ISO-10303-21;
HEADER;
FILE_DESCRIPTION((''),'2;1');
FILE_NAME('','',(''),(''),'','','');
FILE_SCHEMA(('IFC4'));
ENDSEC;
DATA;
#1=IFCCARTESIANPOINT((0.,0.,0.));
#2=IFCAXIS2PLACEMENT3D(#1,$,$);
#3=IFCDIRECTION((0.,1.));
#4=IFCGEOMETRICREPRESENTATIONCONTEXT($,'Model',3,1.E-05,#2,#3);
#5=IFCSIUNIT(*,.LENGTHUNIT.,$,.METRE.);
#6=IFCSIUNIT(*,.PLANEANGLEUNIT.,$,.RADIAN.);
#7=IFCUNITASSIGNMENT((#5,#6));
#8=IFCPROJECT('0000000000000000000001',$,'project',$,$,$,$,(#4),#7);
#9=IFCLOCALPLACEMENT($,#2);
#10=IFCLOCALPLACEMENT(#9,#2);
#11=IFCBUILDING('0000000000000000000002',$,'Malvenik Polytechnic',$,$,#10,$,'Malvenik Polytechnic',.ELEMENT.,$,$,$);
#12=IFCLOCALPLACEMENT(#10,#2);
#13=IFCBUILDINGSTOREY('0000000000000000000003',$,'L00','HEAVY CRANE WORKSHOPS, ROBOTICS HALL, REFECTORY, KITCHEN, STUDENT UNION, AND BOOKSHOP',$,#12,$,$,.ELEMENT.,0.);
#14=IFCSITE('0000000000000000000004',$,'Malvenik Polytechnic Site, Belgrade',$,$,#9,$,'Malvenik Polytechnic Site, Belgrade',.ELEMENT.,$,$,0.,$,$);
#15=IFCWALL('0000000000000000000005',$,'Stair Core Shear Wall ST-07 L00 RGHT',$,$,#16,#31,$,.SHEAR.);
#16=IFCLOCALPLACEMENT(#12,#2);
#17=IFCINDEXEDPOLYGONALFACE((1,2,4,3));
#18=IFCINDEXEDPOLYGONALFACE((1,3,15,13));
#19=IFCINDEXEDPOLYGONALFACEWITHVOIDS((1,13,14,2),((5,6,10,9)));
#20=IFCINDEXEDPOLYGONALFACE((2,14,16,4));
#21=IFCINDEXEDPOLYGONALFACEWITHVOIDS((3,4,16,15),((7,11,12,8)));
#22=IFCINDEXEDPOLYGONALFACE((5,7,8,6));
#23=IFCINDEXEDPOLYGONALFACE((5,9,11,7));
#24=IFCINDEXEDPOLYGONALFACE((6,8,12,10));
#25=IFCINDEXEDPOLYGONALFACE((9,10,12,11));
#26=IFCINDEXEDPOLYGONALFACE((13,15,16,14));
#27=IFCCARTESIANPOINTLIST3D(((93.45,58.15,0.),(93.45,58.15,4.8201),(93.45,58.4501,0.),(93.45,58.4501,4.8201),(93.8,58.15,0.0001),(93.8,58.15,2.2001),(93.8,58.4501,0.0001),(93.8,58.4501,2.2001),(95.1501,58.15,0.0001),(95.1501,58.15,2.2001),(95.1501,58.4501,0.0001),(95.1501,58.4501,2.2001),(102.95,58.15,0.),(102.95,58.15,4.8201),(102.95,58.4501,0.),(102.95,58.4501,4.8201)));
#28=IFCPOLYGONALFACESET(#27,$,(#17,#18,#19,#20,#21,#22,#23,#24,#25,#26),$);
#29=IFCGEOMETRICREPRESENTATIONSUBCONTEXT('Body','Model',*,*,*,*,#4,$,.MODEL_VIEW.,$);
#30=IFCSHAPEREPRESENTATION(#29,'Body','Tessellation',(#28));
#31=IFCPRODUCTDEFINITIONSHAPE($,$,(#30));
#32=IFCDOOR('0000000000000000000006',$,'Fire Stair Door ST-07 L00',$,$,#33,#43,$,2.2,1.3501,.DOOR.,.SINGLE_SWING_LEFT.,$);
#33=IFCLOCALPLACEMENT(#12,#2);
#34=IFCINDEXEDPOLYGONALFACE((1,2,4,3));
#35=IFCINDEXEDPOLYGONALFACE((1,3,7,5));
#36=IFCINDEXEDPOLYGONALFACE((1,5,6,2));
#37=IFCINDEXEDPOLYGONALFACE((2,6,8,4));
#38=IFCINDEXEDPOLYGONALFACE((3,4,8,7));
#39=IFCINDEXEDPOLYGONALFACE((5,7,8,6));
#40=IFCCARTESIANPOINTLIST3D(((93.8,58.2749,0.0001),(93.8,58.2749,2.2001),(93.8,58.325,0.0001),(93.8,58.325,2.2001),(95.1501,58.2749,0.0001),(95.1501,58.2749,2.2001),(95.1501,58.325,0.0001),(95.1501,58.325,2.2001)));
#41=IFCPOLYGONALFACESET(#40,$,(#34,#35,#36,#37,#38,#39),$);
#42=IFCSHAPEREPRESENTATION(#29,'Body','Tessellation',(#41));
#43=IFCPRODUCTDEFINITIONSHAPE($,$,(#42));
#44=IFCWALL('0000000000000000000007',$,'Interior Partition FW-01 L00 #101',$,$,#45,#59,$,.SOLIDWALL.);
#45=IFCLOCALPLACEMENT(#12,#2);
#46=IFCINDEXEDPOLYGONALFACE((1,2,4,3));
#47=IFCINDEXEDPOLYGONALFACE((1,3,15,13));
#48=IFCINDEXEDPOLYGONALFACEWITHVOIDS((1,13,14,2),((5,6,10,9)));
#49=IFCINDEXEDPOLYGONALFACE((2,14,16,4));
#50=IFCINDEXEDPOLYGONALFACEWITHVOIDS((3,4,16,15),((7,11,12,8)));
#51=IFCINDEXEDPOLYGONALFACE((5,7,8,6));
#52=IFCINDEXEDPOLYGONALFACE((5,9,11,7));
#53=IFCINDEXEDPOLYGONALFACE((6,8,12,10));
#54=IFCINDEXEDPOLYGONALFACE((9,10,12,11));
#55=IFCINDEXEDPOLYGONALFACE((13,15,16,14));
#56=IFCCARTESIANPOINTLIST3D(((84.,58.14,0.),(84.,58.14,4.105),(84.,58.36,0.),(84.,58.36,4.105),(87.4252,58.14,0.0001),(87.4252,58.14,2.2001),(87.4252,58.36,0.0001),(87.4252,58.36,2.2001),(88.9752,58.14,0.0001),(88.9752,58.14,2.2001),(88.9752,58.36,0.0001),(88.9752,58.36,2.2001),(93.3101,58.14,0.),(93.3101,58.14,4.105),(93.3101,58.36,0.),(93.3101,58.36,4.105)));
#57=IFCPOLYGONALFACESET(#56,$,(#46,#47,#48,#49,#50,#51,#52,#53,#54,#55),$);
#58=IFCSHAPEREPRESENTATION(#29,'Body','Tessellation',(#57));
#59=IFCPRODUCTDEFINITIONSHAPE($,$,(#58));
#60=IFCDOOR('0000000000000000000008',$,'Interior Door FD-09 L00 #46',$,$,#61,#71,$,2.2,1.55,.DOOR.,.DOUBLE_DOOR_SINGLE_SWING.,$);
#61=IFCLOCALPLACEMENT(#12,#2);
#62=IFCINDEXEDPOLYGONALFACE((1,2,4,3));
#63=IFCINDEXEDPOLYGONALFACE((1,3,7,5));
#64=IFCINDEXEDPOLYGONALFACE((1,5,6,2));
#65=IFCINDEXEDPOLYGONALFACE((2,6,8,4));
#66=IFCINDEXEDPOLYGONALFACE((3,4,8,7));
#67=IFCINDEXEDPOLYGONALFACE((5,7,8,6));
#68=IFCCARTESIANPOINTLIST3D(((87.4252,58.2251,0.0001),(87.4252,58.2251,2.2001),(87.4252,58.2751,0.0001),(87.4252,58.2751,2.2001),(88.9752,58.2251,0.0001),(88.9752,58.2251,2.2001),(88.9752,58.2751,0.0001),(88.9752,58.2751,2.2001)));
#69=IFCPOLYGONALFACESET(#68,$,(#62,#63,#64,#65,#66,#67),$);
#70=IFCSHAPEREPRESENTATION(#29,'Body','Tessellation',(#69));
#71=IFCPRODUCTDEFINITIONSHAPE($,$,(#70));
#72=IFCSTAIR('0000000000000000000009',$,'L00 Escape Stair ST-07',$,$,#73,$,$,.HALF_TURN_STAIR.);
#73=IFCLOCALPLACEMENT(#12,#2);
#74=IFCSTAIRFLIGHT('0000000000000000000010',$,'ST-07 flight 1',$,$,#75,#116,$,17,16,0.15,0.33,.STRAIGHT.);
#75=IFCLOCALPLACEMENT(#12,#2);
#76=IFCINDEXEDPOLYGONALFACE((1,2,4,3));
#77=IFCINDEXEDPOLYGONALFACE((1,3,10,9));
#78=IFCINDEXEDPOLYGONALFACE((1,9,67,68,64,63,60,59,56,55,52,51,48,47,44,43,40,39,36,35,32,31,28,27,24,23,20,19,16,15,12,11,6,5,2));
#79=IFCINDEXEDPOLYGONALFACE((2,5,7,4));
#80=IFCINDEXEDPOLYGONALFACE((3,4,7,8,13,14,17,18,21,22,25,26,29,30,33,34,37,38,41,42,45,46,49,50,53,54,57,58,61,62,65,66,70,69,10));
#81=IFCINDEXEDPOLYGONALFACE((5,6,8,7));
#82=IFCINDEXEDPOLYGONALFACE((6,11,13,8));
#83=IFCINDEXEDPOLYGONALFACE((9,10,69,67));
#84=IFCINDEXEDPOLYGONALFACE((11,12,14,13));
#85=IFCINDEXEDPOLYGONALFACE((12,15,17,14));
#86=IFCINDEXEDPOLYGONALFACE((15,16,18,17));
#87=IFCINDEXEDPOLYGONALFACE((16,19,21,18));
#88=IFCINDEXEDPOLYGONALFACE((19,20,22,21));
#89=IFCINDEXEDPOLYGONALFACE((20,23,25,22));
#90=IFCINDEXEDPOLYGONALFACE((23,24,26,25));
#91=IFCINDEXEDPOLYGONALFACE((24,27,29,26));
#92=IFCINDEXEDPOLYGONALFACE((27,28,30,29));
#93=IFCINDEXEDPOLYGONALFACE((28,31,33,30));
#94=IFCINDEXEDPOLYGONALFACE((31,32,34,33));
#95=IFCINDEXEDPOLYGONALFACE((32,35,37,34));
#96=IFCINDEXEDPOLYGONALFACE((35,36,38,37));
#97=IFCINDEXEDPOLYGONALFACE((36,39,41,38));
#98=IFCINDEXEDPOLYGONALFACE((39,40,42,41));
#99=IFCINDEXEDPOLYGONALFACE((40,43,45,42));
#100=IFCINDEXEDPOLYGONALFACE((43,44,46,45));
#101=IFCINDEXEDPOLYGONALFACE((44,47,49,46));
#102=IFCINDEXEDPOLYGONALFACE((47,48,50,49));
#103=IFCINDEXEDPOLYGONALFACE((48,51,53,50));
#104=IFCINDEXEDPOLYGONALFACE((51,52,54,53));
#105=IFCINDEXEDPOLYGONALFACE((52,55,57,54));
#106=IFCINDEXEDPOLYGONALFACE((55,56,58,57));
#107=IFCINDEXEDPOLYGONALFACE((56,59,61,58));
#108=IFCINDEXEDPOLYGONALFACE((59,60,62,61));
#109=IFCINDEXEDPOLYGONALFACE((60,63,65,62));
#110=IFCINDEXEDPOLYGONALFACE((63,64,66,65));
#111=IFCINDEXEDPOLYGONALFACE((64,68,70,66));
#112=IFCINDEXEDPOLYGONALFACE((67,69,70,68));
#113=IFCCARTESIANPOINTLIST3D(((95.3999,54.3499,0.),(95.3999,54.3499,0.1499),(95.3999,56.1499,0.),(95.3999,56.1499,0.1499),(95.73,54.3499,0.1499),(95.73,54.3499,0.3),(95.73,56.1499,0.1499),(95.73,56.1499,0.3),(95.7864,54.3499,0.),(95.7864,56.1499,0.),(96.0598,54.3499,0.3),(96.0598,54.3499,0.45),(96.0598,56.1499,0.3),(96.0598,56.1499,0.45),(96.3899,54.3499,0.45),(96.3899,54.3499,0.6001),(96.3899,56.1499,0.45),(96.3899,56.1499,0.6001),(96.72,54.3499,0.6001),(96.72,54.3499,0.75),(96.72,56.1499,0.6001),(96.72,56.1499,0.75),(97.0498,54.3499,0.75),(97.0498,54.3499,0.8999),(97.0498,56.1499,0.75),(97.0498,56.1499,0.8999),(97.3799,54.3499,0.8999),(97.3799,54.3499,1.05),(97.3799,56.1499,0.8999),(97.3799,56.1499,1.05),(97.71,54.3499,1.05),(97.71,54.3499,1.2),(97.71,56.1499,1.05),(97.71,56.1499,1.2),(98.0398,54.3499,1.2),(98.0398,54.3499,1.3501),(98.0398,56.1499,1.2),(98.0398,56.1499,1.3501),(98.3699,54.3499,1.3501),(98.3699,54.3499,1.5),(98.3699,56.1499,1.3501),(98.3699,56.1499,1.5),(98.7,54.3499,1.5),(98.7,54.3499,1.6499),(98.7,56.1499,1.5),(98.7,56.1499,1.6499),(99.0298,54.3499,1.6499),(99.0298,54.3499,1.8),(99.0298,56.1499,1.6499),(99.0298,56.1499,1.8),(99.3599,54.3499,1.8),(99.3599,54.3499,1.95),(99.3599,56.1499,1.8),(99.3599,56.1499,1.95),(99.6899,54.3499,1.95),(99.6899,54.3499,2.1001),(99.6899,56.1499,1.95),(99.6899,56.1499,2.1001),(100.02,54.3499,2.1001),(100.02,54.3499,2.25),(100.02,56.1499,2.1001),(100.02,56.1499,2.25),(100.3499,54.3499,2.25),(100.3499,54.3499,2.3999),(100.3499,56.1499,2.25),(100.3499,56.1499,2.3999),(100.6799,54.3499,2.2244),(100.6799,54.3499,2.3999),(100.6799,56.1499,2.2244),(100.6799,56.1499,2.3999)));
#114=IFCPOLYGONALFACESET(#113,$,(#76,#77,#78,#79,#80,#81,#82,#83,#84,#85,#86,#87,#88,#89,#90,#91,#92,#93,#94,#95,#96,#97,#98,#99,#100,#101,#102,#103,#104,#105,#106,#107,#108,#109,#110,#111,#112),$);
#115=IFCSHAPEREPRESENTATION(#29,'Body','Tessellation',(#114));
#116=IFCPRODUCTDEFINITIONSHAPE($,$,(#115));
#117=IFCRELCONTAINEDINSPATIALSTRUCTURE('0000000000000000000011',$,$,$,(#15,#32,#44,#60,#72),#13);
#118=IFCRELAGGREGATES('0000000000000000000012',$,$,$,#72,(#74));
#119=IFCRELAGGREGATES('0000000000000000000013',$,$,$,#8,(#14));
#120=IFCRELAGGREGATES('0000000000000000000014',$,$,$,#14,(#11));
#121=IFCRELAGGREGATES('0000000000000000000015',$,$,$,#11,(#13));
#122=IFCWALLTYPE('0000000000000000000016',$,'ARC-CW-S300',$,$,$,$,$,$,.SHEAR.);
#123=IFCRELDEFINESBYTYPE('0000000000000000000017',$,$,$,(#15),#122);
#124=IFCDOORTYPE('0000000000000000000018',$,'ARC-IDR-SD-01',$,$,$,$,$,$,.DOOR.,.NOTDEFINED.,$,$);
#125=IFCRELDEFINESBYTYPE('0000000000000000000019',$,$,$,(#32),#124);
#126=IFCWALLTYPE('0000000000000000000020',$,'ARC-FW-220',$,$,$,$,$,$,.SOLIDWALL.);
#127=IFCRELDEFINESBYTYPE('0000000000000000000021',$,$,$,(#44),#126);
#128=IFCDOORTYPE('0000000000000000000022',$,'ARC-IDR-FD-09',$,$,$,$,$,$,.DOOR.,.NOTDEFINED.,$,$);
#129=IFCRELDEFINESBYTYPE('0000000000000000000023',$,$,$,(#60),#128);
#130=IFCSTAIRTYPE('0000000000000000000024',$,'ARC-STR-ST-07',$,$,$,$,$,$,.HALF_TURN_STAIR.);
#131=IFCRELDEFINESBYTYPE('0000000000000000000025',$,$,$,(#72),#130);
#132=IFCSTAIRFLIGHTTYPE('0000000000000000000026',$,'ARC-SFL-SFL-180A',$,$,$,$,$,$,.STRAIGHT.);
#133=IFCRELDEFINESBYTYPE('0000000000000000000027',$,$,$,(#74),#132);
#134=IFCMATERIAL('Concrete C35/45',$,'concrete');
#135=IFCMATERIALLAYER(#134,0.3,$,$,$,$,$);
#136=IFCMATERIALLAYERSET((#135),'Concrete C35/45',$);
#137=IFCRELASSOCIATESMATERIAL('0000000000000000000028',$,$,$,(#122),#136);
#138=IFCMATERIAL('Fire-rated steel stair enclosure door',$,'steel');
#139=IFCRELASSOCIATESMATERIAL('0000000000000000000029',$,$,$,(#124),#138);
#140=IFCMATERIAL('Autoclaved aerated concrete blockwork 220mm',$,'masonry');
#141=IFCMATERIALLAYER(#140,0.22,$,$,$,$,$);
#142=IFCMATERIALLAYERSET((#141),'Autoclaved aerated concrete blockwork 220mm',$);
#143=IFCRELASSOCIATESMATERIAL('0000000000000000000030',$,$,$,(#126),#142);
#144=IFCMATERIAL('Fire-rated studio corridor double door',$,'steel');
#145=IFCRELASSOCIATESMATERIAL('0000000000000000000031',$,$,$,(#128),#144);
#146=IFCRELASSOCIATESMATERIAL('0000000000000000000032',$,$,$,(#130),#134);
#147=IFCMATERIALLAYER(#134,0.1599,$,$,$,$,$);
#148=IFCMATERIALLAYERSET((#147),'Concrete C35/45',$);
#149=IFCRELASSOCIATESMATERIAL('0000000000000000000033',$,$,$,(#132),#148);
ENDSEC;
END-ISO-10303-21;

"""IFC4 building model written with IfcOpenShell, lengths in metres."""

from ifc_helpers import new_model, si_unit, direction, frame, frame_2d, origin, place, context, subcontext, project, spatial, polyline, rectangle, outline, extrude, material, layer, layer_set, type_object, element, fill, aggregate, save


model = new_model("IFC4")

# Units and contexts
model_context = context("Model", 3, precision=1e-05, world=origin(), true_north=direction((0.0, 1.0)))
body_context = subcontext(model_context, "Body", "Model", "MODEL_VIEW")
ifc_project = project(units=[si_unit("LENGTHUNIT", "METRE"), si_unit("PLANEANGLEUNIT", "RADIAN")], contexts=[model_context])

# Site, building, storey
site_placement = place(None, origin())
site = spatial("IfcSite", under=ifc_project, at=site_placement, Name="Malvenik Polytechnic Site, Belgrade", LongName="Malvenik Polytechnic Site, Belgrade", CompositionType="ELEMENT", RefElevation=0.0)
building_placement = place(site_placement, origin())
building = spatial("IfcBuilding", under=site, at=building_placement, Name="Malvenik Polytechnic", LongName="Malvenik Polytechnic", CompositionType="ELEMENT")
storey_placement = place(building_placement, origin())
storey = spatial("IfcBuildingStorey", under=building, at=storey_placement, Name="L00", Description="HEAVY CRANE WORKSHOPS, ROBOTICS HALL, REFECTORY, KITCHEN, STUDENT UNION, AND BOOKSHOP", CompositionType="ELEMENT", Elevation=0.0)

# Walls, openings, doors
ifc_material_1 = material(Name="Concrete C35/45", Category="concrete")
ifc_layer_1 = layer(ifc_material_1, 0.3)
ifc_layer_set_1 = layer_set([ifc_layer_1], Name="Concrete C35/45")
wall_type_1 = type_object("IfcWallType", Name="ARC-CW-S300", PredefinedType="SHEAR", material=ifc_layer_set_1)
wall_1_placement = place(storey_placement, frame((93.45, 58.3, 0.0), z_axis=(0.0, 0.0, 1.0), x_axis=(1.0, 0.0, 0.0)))
wall_1 = element("IfcWall", 1, at=wall_1_placement, inside=storey, type_object=wall_type_1, Name="Stair Core Shear Wall ST-07 L00 RGHT", PredefinedType="SHEAR", context=body_context, shape_type="SweptSolid", body=[
    extrude(rectangle(XDim=9.5, YDim=0.3, at=frame_2d((4.75, 0.0))), origin(), (0.0, 0.0, 1.0), 4.8201),
])
opening_1_placement = place(wall_1_placement, frame((0.3501, 0.0, 0.0)))
opening_1 = element("IfcOpeningElement", 2, at=opening_1_placement, cuts=wall_1, PredefinedType="OPENING", context=body_context, shape_type="SweptSolid", body=[
    extrude(rectangle(XDim=1.3501, YDim=2.2, at=frame_2d((0.675, 1.1001))), frame((0.0, 0.1602, 0.0), z_axis=(0.0, -1.0, 0.0), x_axis=(1.0, 0.0, 0.0)), (0.0, 0.0, 1.0), 0.3201),
])
ifc_material_2 = material(Name="Fire-rated steel stair enclosure door", Category="steel")
door_type_1 = type_object("IfcDoorType", Name="ARC-IDR-SD-01", OperationType="NOTDEFINED", PredefinedType="DOOR", material=ifc_material_2)
door_1_placement = place(opening_1_placement, origin())
door_1 = element("IfcDoor", 3, at=door_1_placement, inside=storey, type_object=door_type_1, Name="Fire Stair Door ST-07 L00", OperationType="SINGLE_SWING_LEFT", OverallHeight=2.2, OverallWidth=1.3501, PredefinedType="DOOR", context=body_context, shape_type="SweptSolid", body=[
    extrude(rectangle(XDim=1.3501, YDim=2.2, at=frame_2d((0.675, 1.1001))), frame((0.0, 0.0249, 0.0), z_axis=(0.0, -1.0, 0.0), x_axis=(1.0, 0.0, 0.0)), (0.0, 0.0, 1.0), 0.05),
])
fill(opening_1, door_1)
ifc_material_3 = material(Name="Autoclaved aerated concrete blockwork 220mm", Category="masonry")
ifc_layer_2 = layer(ifc_material_3, 0.22)
ifc_layer_set_2 = layer_set([ifc_layer_2], Name="Autoclaved aerated concrete blockwork 220mm")
wall_type_2 = type_object("IfcWallType", Name="ARC-FW-220", PredefinedType="SOLIDWALL", material=ifc_layer_set_2)
wall_2_placement = place(storey_placement, frame((93.3101, 58.25, 0.0), z_axis=(0.0, 0.0, 1.0), x_axis=(-1.0, 0.0, 0.0)))
wall_2 = element("IfcWall", 4, at=wall_2_placement, inside=storey, type_object=wall_type_2, Name="Interior Partition FW-01 L00 #101", PredefinedType="SOLIDWALL", context=body_context, shape_type="SweptSolid", body=[
    extrude(rectangle(XDim=9.3101, YDim=0.22, at=frame_2d((4.655, 0.0))), origin(), (0.0, 0.0, 1.0), 4.105),
])
opening_2_placement = place(wall_2_placement, frame((4.335, 0.0, 0.0)))
opening_2 = element("IfcOpeningElement", 5, at=opening_2_placement, cuts=wall_2, PredefinedType="OPENING", context=body_context, shape_type="SweptSolid", body=[
    extrude(rectangle(XDim=1.55, YDim=2.2, at=frame_2d((0.7749, 1.1001))), frame((0.0, 0.1201, 0.0), z_axis=(0.0, -1.0, 0.0), x_axis=(1.0, 0.0, 0.0)), (0.0, 0.0, 1.0), 0.24),
])
ifc_material_4 = material(Name="Fire-rated studio corridor double door", Category="steel")
door_type_2 = type_object("IfcDoorType", Name="ARC-IDR-FD-09", OperationType="NOTDEFINED", PredefinedType="DOOR", material=ifc_material_4)
door_2_placement = place(opening_2_placement, origin())
door_2 = element("IfcDoor", 6, at=door_2_placement, inside=storey, type_object=door_type_2, Name="Interior Door FD-09 L00 #46", OperationType="DOUBLE_DOOR_SINGLE_SWING", OverallHeight=2.2, OverallWidth=1.55, PredefinedType="DOOR", context=body_context, shape_type="SweptSolid", body=[
    extrude(rectangle(XDim=1.55, YDim=2.2, at=frame_2d((0.7749, 1.1001))), frame((0.0, 0.0249, 0.0), z_axis=(0.0, -1.0, 0.0), x_axis=(1.0, 0.0, 0.0)), (0.0, 0.0, 1.0), 0.05),
])
fill(opening_2, door_2)

# Stair, stair flight
stair_type = type_object("IfcStairType", Name="ARC-STR-ST-07", PredefinedType="HALF_TURN_STAIR", material=ifc_material_1)
stair_placement = place(storey_placement, origin())
stair = element("IfcStair", 7, at=stair_placement, inside=storey, type_object=stair_type, Name="L00 Escape Stair ST-07", PredefinedType="HALF_TURN_STAIR")
ifc_layer_3 = layer(ifc_material_1, 0.1599)
ifc_layer_set_3 = layer_set([ifc_layer_3], Name="Concrete C35/45")
stair_flight_type = type_object("IfcStairFlightType", Name="ARC-SFL-SFL-180A", PredefinedType="STRAIGHT", material=ifc_layer_set_3)
stair_flight_placement = place(storey_placement, frame((95.3999, 55.25, 0.0), z_axis=(0.0, 0.0, 1.0), x_axis=(1.0, 0.0, 0.0)))
stair_flight = element("IfcStairFlight", 8, at=stair_flight_placement, type_object=stair_flight_type, Name="ST-07 flight 1", NumberOfRisers=17, NumberOfTreads=16, PredefinedType="STRAIGHT", RiserHeight=0.15, TreadLength=0.33, context=body_context, shape_type="SweptSolid", body=[
    extrude(outline(polyline([(0.0, 0.0), (0.0, 0.1499), (0.3301, 0.1499), (0.3301, 0.3), (0.6599, 0.3), (0.6599, 0.45), (0.99, 0.45), (0.99, 0.6001), (1.3201, 0.6001), (1.3201, 0.75), (1.6499, 0.75), (1.6499, 0.8999), (1.98, 0.8999), (1.98, 1.05), (2.3101, 1.05), (2.3101, 1.2), (2.6399, 1.2), (2.6399, 1.3501), (2.97, 1.3501), (2.97, 1.5), (3.3, 1.5), (3.3, 1.6499), (3.6299, 1.6499), (3.6299, 1.8), (3.96, 1.8), (3.96, 1.95), (4.29, 1.95), (4.29, 2.1001), (4.6201, 2.1001), (4.6201, 2.25), (4.95, 2.25), (4.95, 2.3999), (5.28, 2.3999), (5.28, 2.55), (5.28, 2.2244), (0.3865, 0.0), (0.0, 0.0)])), frame((0.0, 0.8999, 0.0), z_axis=(0.0, -1.0, 0.0), x_axis=(1.0, 0.0, 0.0)), (0.0, 0.0, 1.0), 1.8),
])
aggregate(stair, [stair_flight])

save(model, "model.ifc")
